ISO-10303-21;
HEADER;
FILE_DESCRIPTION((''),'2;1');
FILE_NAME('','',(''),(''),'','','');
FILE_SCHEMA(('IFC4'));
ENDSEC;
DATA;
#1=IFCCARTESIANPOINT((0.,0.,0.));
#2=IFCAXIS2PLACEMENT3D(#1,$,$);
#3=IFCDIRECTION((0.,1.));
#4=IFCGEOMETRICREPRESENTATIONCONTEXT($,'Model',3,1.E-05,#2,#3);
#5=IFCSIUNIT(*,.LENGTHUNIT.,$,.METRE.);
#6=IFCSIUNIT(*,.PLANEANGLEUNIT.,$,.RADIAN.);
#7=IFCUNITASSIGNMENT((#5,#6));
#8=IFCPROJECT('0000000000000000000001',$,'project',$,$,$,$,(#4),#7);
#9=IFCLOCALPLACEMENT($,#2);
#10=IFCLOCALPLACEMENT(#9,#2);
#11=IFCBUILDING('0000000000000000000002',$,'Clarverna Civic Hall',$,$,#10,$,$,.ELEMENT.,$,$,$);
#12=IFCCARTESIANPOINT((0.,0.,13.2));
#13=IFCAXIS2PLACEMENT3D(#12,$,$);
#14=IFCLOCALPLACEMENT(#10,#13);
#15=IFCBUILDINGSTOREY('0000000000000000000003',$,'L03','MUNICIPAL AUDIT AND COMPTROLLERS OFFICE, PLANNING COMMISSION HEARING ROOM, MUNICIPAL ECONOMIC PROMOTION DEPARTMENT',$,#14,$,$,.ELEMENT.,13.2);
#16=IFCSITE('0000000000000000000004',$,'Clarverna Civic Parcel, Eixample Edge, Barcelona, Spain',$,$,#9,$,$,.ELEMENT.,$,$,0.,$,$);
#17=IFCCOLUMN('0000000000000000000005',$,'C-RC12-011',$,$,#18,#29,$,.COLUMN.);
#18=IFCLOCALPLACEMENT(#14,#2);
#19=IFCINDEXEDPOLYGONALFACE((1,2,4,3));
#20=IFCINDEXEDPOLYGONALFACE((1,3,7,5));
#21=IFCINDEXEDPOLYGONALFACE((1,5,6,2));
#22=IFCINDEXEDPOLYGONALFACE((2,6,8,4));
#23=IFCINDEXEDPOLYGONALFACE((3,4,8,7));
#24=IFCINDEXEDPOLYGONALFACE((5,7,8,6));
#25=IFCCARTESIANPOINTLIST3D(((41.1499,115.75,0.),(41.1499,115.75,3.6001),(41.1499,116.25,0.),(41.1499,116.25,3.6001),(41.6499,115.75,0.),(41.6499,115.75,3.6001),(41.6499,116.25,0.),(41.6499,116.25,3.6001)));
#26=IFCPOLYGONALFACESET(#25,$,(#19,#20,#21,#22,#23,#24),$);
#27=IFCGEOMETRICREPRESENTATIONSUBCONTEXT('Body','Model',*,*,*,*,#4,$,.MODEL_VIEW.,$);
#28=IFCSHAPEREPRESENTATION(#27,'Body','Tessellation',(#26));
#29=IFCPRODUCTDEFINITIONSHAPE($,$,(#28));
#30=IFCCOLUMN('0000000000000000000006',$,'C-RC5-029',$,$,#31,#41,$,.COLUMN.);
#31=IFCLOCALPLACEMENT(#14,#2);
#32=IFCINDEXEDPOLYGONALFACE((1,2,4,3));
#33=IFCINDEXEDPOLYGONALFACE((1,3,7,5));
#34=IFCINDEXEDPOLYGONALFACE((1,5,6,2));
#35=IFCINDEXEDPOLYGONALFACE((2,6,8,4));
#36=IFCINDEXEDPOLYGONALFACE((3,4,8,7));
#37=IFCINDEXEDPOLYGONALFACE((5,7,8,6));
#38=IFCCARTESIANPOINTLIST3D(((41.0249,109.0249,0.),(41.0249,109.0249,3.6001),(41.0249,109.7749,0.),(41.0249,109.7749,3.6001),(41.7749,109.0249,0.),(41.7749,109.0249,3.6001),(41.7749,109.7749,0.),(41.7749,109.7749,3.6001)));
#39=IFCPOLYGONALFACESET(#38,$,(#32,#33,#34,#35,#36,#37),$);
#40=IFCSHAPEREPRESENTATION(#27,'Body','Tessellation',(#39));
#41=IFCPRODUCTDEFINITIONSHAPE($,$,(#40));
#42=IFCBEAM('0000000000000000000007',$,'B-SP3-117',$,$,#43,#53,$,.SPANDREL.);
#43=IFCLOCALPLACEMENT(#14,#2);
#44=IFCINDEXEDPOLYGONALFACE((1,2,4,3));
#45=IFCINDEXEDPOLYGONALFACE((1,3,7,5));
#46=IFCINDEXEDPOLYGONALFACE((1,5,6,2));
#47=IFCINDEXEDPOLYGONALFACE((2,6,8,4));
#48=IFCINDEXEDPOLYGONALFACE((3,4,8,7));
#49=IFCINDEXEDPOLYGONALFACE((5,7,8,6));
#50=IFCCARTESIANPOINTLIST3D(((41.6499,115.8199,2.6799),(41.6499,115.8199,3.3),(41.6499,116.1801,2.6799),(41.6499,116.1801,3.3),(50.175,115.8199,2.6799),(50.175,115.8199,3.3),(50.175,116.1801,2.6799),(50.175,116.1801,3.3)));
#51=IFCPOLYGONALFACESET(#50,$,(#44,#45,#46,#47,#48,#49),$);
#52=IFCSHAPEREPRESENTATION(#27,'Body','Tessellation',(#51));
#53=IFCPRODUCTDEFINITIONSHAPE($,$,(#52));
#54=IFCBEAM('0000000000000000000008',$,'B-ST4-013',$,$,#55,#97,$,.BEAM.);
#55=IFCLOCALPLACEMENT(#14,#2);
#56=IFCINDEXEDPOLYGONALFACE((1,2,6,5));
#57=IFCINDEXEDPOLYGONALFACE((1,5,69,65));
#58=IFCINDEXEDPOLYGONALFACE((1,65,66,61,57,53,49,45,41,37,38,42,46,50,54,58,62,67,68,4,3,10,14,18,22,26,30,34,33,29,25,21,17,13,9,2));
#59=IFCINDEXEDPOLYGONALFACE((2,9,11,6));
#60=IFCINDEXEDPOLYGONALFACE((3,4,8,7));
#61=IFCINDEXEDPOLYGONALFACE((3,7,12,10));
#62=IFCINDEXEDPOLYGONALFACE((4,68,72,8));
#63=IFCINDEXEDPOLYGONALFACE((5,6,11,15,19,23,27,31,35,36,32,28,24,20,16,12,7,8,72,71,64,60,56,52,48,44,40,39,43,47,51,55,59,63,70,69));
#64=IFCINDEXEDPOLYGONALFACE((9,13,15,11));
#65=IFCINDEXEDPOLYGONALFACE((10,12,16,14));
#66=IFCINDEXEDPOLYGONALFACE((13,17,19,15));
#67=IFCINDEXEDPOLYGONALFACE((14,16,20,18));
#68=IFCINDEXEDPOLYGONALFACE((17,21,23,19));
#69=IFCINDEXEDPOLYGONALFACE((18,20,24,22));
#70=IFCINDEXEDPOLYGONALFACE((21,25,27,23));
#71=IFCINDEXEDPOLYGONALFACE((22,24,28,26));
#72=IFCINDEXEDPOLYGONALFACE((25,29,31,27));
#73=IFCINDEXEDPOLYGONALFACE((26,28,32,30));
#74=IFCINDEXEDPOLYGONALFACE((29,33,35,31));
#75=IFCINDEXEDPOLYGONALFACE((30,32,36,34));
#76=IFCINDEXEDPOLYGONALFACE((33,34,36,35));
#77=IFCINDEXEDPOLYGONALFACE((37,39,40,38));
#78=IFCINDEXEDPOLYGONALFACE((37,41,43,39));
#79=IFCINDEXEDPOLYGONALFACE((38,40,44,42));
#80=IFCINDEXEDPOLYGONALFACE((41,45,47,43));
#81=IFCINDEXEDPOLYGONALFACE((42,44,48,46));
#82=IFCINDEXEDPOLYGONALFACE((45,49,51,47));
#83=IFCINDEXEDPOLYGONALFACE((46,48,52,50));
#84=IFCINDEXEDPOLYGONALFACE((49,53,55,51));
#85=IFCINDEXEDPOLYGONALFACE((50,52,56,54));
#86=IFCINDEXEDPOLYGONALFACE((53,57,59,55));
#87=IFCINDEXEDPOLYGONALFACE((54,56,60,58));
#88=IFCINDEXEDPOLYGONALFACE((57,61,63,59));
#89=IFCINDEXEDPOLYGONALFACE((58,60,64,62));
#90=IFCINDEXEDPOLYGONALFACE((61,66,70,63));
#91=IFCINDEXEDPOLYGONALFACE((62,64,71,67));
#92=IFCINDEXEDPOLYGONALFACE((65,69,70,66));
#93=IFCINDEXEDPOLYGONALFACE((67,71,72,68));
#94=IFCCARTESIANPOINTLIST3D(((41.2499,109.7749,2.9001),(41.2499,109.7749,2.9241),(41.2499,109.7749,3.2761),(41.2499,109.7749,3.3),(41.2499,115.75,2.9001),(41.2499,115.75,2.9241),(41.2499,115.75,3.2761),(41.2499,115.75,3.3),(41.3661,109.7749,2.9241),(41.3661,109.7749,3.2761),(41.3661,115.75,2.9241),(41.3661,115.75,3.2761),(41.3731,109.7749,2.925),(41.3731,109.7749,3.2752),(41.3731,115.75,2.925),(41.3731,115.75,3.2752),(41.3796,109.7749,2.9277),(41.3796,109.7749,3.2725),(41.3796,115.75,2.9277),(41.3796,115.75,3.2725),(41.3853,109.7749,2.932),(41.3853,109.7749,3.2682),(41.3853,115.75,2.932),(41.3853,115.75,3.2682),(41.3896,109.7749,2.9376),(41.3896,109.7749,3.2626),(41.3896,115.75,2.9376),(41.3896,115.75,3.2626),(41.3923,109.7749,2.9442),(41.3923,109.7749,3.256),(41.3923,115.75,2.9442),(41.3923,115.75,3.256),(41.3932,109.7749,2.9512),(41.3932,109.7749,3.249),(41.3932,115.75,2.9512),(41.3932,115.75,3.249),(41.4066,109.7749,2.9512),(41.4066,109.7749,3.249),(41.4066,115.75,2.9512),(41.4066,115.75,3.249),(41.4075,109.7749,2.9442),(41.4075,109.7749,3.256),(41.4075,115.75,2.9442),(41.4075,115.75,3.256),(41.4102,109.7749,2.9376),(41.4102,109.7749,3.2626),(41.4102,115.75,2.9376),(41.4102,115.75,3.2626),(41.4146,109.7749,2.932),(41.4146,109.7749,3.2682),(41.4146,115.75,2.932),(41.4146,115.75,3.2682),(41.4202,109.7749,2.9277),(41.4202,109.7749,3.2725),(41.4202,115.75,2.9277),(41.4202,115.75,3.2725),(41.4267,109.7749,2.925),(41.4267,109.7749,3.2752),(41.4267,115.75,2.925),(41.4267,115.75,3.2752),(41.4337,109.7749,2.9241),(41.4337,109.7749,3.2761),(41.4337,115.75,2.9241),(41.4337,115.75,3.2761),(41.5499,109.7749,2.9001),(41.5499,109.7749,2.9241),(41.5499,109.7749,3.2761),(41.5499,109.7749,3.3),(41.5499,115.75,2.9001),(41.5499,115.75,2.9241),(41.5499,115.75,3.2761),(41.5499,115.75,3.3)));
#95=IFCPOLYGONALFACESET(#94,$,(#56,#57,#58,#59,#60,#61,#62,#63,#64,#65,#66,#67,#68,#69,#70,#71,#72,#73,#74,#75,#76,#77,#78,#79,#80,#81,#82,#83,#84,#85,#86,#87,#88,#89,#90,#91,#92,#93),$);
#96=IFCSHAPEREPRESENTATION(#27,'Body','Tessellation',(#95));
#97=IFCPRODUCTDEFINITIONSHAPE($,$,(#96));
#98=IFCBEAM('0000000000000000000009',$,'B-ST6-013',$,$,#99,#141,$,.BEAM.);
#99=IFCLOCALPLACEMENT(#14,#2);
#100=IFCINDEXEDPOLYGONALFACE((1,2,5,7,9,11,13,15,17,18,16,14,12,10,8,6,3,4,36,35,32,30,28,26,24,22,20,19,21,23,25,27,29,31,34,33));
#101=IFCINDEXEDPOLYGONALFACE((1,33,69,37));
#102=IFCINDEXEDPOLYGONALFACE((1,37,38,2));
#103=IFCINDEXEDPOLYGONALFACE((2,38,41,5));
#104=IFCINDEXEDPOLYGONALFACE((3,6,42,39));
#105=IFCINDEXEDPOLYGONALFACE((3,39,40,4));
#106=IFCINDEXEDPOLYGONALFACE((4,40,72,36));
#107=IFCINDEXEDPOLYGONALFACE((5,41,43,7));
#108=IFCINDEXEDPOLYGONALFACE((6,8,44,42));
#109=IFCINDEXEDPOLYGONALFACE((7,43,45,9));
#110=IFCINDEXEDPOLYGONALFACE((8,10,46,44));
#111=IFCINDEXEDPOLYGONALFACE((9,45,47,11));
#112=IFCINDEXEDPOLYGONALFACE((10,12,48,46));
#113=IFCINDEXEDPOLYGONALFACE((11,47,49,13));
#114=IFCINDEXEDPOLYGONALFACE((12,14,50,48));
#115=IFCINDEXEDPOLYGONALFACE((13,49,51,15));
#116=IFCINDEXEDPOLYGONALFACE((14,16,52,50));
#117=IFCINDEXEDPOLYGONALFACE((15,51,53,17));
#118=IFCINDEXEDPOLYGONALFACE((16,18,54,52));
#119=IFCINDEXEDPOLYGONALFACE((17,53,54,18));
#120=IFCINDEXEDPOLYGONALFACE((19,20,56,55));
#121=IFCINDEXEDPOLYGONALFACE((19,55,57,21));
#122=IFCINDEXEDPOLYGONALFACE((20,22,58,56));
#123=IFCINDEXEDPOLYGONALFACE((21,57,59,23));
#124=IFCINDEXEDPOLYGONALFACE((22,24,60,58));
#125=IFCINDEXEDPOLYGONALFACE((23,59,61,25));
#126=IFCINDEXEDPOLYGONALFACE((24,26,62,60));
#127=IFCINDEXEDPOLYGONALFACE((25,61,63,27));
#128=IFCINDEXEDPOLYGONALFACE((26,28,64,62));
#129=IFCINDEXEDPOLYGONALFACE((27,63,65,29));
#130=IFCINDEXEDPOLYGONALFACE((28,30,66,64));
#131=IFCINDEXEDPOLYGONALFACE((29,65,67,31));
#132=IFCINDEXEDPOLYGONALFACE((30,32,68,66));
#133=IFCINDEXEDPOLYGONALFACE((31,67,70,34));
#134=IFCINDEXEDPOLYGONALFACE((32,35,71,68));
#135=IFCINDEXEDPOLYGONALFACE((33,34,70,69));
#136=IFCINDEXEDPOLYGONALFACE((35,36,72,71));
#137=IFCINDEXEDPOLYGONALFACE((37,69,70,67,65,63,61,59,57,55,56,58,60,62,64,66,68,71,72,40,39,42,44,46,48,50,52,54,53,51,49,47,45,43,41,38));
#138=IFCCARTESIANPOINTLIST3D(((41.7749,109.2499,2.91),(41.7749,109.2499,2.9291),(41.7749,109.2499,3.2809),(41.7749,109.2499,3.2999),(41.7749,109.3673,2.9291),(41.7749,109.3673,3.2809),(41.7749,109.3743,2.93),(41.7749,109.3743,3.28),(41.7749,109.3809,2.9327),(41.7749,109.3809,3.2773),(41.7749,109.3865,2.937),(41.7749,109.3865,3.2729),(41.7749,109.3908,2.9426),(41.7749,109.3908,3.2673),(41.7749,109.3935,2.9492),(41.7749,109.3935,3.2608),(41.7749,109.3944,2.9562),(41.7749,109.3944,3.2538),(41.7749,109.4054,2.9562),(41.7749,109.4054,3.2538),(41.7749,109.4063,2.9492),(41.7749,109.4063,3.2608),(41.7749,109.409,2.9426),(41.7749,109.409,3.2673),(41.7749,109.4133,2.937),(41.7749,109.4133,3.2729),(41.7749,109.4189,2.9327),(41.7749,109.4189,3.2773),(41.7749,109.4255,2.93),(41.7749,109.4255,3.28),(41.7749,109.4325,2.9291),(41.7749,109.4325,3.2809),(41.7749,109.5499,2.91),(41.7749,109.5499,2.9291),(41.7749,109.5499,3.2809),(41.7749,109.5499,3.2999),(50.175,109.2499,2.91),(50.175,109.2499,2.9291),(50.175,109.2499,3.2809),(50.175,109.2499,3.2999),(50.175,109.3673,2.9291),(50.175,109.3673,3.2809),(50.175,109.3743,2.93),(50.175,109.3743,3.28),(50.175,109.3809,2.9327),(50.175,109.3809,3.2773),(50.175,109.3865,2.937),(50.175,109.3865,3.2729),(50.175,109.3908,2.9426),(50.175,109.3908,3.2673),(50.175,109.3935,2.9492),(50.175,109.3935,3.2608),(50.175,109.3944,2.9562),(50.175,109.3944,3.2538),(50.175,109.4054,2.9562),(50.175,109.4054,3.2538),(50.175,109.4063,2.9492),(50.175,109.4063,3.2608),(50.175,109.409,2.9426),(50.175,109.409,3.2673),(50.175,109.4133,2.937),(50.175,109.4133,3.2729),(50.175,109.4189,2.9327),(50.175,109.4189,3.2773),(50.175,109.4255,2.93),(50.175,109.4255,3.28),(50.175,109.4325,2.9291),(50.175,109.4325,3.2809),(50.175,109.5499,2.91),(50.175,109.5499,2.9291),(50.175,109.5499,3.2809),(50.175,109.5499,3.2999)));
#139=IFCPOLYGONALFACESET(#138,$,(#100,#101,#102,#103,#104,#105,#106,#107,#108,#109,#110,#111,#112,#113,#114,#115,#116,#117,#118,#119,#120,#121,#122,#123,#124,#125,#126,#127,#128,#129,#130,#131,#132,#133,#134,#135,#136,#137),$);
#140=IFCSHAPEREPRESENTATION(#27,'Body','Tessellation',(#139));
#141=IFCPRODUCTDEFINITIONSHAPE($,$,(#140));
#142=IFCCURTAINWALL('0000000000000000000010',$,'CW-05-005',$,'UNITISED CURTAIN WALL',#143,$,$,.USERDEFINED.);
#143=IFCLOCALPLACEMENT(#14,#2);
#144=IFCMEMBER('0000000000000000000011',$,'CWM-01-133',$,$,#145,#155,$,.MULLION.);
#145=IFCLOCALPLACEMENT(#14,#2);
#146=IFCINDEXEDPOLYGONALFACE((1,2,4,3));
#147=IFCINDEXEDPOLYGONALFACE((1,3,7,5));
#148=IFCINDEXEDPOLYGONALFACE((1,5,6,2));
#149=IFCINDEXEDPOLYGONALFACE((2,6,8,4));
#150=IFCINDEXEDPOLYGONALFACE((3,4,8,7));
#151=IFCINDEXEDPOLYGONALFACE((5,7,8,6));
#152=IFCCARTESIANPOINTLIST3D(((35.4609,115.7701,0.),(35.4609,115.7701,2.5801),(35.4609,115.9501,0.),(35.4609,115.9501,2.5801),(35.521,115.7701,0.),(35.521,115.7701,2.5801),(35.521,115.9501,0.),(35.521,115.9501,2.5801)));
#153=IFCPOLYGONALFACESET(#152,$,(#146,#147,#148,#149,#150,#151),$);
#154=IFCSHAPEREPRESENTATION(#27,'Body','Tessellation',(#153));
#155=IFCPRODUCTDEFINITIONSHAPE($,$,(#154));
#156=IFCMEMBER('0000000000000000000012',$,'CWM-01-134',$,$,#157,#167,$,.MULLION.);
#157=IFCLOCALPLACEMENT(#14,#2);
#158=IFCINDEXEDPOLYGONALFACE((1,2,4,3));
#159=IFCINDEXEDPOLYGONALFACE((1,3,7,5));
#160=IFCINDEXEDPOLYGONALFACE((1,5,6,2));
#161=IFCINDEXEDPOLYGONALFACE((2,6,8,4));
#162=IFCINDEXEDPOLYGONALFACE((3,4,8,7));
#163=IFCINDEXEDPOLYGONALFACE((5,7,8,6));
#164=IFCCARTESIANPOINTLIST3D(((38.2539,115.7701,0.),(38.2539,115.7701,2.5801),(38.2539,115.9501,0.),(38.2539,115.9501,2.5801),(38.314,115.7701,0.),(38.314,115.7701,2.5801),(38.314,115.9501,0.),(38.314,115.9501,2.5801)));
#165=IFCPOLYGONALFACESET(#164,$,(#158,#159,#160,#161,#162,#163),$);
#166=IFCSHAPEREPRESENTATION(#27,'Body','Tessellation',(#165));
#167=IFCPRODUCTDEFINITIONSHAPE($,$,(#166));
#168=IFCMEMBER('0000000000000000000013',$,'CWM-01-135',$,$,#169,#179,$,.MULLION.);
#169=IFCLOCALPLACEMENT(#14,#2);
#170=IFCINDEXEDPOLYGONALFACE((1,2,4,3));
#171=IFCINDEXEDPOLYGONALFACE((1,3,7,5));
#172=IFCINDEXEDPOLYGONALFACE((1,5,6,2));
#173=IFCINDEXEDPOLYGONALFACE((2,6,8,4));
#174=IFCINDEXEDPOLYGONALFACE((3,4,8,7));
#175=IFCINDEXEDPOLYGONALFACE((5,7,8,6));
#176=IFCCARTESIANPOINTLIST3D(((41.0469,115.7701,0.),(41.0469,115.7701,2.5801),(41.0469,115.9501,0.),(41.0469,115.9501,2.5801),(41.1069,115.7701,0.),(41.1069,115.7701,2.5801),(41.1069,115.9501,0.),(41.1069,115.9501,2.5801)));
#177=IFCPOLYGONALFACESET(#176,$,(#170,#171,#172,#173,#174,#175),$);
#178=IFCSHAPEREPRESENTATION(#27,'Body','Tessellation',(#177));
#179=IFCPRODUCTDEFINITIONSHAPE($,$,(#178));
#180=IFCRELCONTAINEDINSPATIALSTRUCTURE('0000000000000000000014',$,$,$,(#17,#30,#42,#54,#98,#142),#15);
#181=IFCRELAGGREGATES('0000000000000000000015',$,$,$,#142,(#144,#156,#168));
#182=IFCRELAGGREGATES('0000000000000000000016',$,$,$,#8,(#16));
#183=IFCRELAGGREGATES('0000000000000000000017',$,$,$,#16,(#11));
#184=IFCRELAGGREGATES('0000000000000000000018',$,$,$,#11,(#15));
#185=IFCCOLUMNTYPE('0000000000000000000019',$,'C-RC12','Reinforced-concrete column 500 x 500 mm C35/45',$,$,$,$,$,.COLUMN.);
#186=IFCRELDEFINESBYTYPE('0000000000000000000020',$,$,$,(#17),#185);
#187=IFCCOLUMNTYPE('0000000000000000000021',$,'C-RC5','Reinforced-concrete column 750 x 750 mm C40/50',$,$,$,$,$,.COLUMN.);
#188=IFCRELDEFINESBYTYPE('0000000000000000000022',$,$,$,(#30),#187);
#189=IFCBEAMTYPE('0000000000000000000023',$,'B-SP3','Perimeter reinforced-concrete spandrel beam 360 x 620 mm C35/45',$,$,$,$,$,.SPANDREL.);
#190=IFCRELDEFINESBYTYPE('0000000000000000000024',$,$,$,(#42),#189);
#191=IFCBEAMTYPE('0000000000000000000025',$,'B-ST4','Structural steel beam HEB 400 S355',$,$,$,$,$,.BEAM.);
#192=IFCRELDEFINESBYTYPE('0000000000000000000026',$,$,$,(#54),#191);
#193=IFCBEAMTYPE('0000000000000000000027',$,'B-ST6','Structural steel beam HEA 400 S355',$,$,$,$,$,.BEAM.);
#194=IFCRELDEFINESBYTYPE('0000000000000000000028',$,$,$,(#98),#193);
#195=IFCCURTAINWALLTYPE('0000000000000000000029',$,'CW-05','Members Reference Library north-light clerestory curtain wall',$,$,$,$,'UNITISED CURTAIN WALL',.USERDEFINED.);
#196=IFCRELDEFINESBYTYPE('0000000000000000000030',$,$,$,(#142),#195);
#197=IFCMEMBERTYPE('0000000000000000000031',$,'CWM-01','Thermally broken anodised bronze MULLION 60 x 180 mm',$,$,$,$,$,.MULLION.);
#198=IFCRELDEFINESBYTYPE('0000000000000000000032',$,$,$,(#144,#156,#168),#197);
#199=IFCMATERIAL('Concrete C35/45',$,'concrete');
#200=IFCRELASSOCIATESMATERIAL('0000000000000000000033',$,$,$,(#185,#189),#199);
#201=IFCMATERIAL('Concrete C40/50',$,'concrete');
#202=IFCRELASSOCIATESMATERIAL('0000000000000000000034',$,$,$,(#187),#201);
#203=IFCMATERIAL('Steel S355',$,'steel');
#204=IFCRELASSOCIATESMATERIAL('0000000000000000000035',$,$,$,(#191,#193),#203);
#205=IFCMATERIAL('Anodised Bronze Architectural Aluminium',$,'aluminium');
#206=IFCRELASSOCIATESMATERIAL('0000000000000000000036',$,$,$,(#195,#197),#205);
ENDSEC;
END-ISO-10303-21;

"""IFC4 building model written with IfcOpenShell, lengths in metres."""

from ifc_helpers import new_model, si_unit, direction, frame, origin, origin_2d, place, context, subcontext, project, spatial, rectangle, i_section, extrude, material, material_profile, profile_set, type_object, element, aggregate, save


model = new_model("IFC4")

# Units and contexts
model_context = context("Model", 3, precision=1e-05, world=origin(), true_north=direction((0.0, 1.0)))
body_context = subcontext(model_context, "Body", "Model", "MODEL_VIEW")
ifc_project = project(units=[si_unit("LENGTHUNIT", "METRE"), si_unit("PLANEANGLEUNIT", "RADIAN")], contexts=[model_context])

# Site, building, storey
site_placement = place(None, origin())
site = spatial("IfcSite", under=ifc_project, at=site_placement, Name="Clarverna Civic Parcel, Eixample Edge, Barcelona, Spain", CompositionType="ELEMENT", RefElevation=0.0)
building_placement = place(site_placement, origin())
building = spatial("IfcBuilding", under=site, at=building_placement, Name="Clarverna Civic Hall", CompositionType="ELEMENT")
storey_placement = place(building_placement, frame((0.0, 0.0, 13.2)))
storey = spatial("IfcBuildingStorey", under=building, at=storey_placement, Name="L03", Description="MUNICIPAL AUDIT AND COMPTROLLERS OFFICE, PLANNING COMMISSION HEARING ROOM, MUNICIPAL ECONOMIC PROMOTION DEPARTMENT", CompositionType="ELEMENT", Elevation=13.2)

# Columns
ifc_material_1 = material(Name="Concrete C35/45", Category="concrete")
ifc_material_profile_1 = material_profile(ifc_material_1, rectangle(XDim=0.5, YDim=0.5, at=origin_2d()), Name="RC 500x500")
ifc_profile_set_1 = profile_set([ifc_material_profile_1], Name="Concrete C35/45")
column_type_1 = type_object("IfcColumnType", Name="C-RC12", Description="Reinforced-concrete column 500 x 500 mm C35/45", PredefinedType="COLUMN", material=ifc_profile_set_1)
column_1_placement = place(storey_placement, frame((41.3999, 116.0, 0.0), z_axis=(0.0, 0.0, 1.0), x_axis=(1.0, 0.0, 0.0)))
element("IfcColumn", 1, at=column_1_placement, inside=storey, type_object=column_type_1, Name="C-RC12-011", PredefinedType="COLUMN", context=body_context, shape_type="SweptSolid", body=[
    extrude(rectangle(XDim=0.5, YDim=0.5, at=origin_2d()), origin(), (0.0, 0.0, 1.0), 3.6001),
])
ifc_material_2 = material(Name="Concrete C40/50", Category="concrete")
ifc_material_profile_2 = material_profile(ifc_material_2, rectangle(XDim=0.75, YDim=0.75, at=origin_2d()), Name="RC 750x750")
ifc_profile_set_2 = profile_set([ifc_material_profile_2], Name="Concrete C40/50")
column_type_2 = type_object("IfcColumnType", Name="C-RC5", Description="Reinforced-concrete column 750 x 750 mm C40/50", PredefinedType="COLUMN", material=ifc_profile_set_2)
column_2_placement = place(storey_placement, frame((41.3999, 109.3999, 0.0), z_axis=(0.0, 0.0, 1.0), x_axis=(1.0, 0.0, 0.0)))
element("IfcColumn", 2, at=column_2_placement, inside=storey, type_object=column_type_2, Name="C-RC5-029", PredefinedType="COLUMN", context=body_context, shape_type="SweptSolid", body=[
    extrude(rectangle(XDim=0.75, YDim=0.75, at=origin_2d()), origin(), (0.0, 0.0, 1.0), 3.6001),
])

# Beams
ifc_material_profile_3 = material_profile(ifc_material_1, rectangle(XDim=0.3601, YDim=0.6201, at=origin_2d()), Name="RC 360x620")
ifc_profile_set_3 = profile_set([ifc_material_profile_3], Name="Concrete C35/45")
beam_type_1 = type_object("IfcBeamType", Name="B-SP3", Description="Perimeter reinforced-concrete spandrel beam 360 x 620 mm C35/45", PredefinedType="SPANDREL", material=ifc_profile_set_3)
beam_1_placement = place(storey_placement, frame((41.6499, 116.0, 2.99), z_axis=(1.0, 0.0, 0.0), x_axis=(0.0, 1.0, 0.0)))
element("IfcBeam", 3, at=beam_1_placement, inside=storey, type_object=beam_type_1, Name="B-SP3-117", PredefinedType="SPANDREL", context=body_context, shape_type="SweptSolid", body=[
    extrude(rectangle(XDim=0.3601, YDim=0.6201, at=origin_2d()), origin(), (0.0, 0.0, 1.0), 8.5251),
])
ifc_material_3 = material(Name="Steel S355", Category="steel")
ifc_material_profile_4 = material_profile(ifc_material_3, i_section(OverallWidth=0.3, OverallDepth=0.3999, WebThickness=0.0134, FlangeThickness=0.0239, FilletRadius=0.0271, at=origin_2d()), Name="HEB 400")
ifc_profile_set_4 = profile_set([ifc_material_profile_4], Name="Steel S355")
beam_type_2 = type_object("IfcBeamType", Name="B-ST4", Description="Structural steel beam HEB 400 S355", PredefinedType="BEAM", material=ifc_profile_set_4)
beam_2_placement = place(storey_placement, frame((41.3999, 109.7749, 3.1001), z_axis=(0.0, 1.0, 0.0), x_axis=(-1.0, 0.0, 0.0)))
element("IfcBeam", 4, at=beam_2_placement, inside=storey, type_object=beam_type_2, Name="B-ST4-013", PredefinedType="BEAM", context=body_context, shape_type="SweptSolid", body=[
    extrude(i_section(OverallWidth=0.3, OverallDepth=0.3999, WebThickness=0.0134, FlangeThickness=0.0239, FilletRadius=0.0271, at=origin_2d()), origin(), (0.0, 0.0, 1.0), 5.9751),
])
ifc_material_profile_5 = material_profile(ifc_material_3, i_section(OverallWidth=0.3, OverallDepth=0.3899, WebThickness=0.011, FlangeThickness=0.019, FilletRadius=0.0271, at=origin_2d()), Name="HEA 400")
ifc_profile_set_5 = profile_set([ifc_material_profile_5], Name="Steel S355")
beam_type_3 = type_object("IfcBeamType", Name="B-ST6", Description="Structural steel beam HEA 400 S355", PredefinedType="BEAM", material=ifc_profile_set_5)
beam_3_placement = place(storey_placement, frame((41.7749, 109.3999, 3.105), z_axis=(1.0, 0.0, 0.0), x_axis=(0.0, 1.0, 0.0)))
element("IfcBeam", 5, at=beam_3_placement, inside=storey, type_object=beam_type_3, Name="B-ST6-013", PredefinedType="BEAM", context=body_context, shape_type="SweptSolid", body=[
    extrude(i_section(OverallWidth=0.3, OverallDepth=0.3899, WebThickness=0.011, FlangeThickness=0.019, FilletRadius=0.0271, at=origin_2d()), origin(), (0.0, 0.0, 1.0), 8.4001),
])

# Curtain wall, members
ifc_material_4 = material(Name="Anodised Bronze Architectural Aluminium", Category="aluminium")
curtain_wall_type = type_object("IfcCurtainWallType", Name="CW-05", Description="Members Reference Library north-light clerestory curtain wall", ElementType="UNITISED CURTAIN WALL", PredefinedType="USERDEFINED", material=ifc_material_4)
curtain_wall_1_placement = place(storey_placement, origin())
curtain_wall_1 = element("IfcCurtainWall", 6, at=curtain_wall_1_placement, inside=storey, type_object=curtain_wall_type, Name="CW-05-005", ObjectType="UNITISED CURTAIN WALL", PredefinedType="USERDEFINED")
ifc_material_profile_6 = material_profile(ifc_material_4, rectangle(XDim=0.0601, YDim=0.1799, at=origin_2d()), Name="BRONZE 60x180")
ifc_profile_set_6 = profile_set([ifc_material_profile_6], Name="Anodised Bronze Architectural Aluminium")
member_type_1 = type_object("IfcMemberType", Name="CWM-01", Description="Thermally broken anodised bronze MULLION 60 x 180 mm", PredefinedType="MULLION", material=ifc_profile_set_6)
member_1_placement = place(storey_placement, frame((35.491, 115.8601, 0.0), z_axis=(0.0, 0.0, 1.0), x_axis=(1.0, 0.0, 0.0)))
member_1 = element("IfcMember", 7, at=member_1_placement, type_object=member_type_1, Name="CWM-01-133", PredefinedType="MULLION", context=body_context, shape_type="SweptSolid", body=[
    extrude(rectangle(XDim=0.0601, YDim=0.1799, at=origin_2d()), origin(), (0.0, 0.0, 1.0), 2.5801),
])
member_2_placement = place(storey_placement, frame((38.2839, 115.8601, 0.0), z_axis=(0.0, 0.0, 1.0), x_axis=(1.0, 0.0, 0.0)))
member_2 = element("IfcMember", 8, at=member_2_placement, type_object=member_type_1, Name="CWM-01-134", PredefinedType="MULLION", context=body_context, shape_type="SweptSolid", body=[
    extrude(rectangle(XDim=0.0601, YDim=0.1799, at=origin_2d()), origin(), (0.0, 0.0, 1.0), 2.5801),
])
member_3_placement = place(storey_placement, frame((41.0769, 115.8601, 0.0), z_axis=(0.0, 0.0, 1.0), x_axis=(1.0, 0.0, 0.0)))
member_3 = element("IfcMember", 9, at=member_3_placement, type_object=member_type_1, Name="CWM-01-135", PredefinedType="MULLION", context=body_context, shape_type="SweptSolid", body=[
    extrude(rectangle(XDim=0.0601, YDim=0.1799, at=origin_2d()), origin(), (0.0, 0.0, 1.0), 2.5801),
])

aggregate(curtain_wall_1, [member_1, member_2, member_3])

save(model, "model.ifc")
